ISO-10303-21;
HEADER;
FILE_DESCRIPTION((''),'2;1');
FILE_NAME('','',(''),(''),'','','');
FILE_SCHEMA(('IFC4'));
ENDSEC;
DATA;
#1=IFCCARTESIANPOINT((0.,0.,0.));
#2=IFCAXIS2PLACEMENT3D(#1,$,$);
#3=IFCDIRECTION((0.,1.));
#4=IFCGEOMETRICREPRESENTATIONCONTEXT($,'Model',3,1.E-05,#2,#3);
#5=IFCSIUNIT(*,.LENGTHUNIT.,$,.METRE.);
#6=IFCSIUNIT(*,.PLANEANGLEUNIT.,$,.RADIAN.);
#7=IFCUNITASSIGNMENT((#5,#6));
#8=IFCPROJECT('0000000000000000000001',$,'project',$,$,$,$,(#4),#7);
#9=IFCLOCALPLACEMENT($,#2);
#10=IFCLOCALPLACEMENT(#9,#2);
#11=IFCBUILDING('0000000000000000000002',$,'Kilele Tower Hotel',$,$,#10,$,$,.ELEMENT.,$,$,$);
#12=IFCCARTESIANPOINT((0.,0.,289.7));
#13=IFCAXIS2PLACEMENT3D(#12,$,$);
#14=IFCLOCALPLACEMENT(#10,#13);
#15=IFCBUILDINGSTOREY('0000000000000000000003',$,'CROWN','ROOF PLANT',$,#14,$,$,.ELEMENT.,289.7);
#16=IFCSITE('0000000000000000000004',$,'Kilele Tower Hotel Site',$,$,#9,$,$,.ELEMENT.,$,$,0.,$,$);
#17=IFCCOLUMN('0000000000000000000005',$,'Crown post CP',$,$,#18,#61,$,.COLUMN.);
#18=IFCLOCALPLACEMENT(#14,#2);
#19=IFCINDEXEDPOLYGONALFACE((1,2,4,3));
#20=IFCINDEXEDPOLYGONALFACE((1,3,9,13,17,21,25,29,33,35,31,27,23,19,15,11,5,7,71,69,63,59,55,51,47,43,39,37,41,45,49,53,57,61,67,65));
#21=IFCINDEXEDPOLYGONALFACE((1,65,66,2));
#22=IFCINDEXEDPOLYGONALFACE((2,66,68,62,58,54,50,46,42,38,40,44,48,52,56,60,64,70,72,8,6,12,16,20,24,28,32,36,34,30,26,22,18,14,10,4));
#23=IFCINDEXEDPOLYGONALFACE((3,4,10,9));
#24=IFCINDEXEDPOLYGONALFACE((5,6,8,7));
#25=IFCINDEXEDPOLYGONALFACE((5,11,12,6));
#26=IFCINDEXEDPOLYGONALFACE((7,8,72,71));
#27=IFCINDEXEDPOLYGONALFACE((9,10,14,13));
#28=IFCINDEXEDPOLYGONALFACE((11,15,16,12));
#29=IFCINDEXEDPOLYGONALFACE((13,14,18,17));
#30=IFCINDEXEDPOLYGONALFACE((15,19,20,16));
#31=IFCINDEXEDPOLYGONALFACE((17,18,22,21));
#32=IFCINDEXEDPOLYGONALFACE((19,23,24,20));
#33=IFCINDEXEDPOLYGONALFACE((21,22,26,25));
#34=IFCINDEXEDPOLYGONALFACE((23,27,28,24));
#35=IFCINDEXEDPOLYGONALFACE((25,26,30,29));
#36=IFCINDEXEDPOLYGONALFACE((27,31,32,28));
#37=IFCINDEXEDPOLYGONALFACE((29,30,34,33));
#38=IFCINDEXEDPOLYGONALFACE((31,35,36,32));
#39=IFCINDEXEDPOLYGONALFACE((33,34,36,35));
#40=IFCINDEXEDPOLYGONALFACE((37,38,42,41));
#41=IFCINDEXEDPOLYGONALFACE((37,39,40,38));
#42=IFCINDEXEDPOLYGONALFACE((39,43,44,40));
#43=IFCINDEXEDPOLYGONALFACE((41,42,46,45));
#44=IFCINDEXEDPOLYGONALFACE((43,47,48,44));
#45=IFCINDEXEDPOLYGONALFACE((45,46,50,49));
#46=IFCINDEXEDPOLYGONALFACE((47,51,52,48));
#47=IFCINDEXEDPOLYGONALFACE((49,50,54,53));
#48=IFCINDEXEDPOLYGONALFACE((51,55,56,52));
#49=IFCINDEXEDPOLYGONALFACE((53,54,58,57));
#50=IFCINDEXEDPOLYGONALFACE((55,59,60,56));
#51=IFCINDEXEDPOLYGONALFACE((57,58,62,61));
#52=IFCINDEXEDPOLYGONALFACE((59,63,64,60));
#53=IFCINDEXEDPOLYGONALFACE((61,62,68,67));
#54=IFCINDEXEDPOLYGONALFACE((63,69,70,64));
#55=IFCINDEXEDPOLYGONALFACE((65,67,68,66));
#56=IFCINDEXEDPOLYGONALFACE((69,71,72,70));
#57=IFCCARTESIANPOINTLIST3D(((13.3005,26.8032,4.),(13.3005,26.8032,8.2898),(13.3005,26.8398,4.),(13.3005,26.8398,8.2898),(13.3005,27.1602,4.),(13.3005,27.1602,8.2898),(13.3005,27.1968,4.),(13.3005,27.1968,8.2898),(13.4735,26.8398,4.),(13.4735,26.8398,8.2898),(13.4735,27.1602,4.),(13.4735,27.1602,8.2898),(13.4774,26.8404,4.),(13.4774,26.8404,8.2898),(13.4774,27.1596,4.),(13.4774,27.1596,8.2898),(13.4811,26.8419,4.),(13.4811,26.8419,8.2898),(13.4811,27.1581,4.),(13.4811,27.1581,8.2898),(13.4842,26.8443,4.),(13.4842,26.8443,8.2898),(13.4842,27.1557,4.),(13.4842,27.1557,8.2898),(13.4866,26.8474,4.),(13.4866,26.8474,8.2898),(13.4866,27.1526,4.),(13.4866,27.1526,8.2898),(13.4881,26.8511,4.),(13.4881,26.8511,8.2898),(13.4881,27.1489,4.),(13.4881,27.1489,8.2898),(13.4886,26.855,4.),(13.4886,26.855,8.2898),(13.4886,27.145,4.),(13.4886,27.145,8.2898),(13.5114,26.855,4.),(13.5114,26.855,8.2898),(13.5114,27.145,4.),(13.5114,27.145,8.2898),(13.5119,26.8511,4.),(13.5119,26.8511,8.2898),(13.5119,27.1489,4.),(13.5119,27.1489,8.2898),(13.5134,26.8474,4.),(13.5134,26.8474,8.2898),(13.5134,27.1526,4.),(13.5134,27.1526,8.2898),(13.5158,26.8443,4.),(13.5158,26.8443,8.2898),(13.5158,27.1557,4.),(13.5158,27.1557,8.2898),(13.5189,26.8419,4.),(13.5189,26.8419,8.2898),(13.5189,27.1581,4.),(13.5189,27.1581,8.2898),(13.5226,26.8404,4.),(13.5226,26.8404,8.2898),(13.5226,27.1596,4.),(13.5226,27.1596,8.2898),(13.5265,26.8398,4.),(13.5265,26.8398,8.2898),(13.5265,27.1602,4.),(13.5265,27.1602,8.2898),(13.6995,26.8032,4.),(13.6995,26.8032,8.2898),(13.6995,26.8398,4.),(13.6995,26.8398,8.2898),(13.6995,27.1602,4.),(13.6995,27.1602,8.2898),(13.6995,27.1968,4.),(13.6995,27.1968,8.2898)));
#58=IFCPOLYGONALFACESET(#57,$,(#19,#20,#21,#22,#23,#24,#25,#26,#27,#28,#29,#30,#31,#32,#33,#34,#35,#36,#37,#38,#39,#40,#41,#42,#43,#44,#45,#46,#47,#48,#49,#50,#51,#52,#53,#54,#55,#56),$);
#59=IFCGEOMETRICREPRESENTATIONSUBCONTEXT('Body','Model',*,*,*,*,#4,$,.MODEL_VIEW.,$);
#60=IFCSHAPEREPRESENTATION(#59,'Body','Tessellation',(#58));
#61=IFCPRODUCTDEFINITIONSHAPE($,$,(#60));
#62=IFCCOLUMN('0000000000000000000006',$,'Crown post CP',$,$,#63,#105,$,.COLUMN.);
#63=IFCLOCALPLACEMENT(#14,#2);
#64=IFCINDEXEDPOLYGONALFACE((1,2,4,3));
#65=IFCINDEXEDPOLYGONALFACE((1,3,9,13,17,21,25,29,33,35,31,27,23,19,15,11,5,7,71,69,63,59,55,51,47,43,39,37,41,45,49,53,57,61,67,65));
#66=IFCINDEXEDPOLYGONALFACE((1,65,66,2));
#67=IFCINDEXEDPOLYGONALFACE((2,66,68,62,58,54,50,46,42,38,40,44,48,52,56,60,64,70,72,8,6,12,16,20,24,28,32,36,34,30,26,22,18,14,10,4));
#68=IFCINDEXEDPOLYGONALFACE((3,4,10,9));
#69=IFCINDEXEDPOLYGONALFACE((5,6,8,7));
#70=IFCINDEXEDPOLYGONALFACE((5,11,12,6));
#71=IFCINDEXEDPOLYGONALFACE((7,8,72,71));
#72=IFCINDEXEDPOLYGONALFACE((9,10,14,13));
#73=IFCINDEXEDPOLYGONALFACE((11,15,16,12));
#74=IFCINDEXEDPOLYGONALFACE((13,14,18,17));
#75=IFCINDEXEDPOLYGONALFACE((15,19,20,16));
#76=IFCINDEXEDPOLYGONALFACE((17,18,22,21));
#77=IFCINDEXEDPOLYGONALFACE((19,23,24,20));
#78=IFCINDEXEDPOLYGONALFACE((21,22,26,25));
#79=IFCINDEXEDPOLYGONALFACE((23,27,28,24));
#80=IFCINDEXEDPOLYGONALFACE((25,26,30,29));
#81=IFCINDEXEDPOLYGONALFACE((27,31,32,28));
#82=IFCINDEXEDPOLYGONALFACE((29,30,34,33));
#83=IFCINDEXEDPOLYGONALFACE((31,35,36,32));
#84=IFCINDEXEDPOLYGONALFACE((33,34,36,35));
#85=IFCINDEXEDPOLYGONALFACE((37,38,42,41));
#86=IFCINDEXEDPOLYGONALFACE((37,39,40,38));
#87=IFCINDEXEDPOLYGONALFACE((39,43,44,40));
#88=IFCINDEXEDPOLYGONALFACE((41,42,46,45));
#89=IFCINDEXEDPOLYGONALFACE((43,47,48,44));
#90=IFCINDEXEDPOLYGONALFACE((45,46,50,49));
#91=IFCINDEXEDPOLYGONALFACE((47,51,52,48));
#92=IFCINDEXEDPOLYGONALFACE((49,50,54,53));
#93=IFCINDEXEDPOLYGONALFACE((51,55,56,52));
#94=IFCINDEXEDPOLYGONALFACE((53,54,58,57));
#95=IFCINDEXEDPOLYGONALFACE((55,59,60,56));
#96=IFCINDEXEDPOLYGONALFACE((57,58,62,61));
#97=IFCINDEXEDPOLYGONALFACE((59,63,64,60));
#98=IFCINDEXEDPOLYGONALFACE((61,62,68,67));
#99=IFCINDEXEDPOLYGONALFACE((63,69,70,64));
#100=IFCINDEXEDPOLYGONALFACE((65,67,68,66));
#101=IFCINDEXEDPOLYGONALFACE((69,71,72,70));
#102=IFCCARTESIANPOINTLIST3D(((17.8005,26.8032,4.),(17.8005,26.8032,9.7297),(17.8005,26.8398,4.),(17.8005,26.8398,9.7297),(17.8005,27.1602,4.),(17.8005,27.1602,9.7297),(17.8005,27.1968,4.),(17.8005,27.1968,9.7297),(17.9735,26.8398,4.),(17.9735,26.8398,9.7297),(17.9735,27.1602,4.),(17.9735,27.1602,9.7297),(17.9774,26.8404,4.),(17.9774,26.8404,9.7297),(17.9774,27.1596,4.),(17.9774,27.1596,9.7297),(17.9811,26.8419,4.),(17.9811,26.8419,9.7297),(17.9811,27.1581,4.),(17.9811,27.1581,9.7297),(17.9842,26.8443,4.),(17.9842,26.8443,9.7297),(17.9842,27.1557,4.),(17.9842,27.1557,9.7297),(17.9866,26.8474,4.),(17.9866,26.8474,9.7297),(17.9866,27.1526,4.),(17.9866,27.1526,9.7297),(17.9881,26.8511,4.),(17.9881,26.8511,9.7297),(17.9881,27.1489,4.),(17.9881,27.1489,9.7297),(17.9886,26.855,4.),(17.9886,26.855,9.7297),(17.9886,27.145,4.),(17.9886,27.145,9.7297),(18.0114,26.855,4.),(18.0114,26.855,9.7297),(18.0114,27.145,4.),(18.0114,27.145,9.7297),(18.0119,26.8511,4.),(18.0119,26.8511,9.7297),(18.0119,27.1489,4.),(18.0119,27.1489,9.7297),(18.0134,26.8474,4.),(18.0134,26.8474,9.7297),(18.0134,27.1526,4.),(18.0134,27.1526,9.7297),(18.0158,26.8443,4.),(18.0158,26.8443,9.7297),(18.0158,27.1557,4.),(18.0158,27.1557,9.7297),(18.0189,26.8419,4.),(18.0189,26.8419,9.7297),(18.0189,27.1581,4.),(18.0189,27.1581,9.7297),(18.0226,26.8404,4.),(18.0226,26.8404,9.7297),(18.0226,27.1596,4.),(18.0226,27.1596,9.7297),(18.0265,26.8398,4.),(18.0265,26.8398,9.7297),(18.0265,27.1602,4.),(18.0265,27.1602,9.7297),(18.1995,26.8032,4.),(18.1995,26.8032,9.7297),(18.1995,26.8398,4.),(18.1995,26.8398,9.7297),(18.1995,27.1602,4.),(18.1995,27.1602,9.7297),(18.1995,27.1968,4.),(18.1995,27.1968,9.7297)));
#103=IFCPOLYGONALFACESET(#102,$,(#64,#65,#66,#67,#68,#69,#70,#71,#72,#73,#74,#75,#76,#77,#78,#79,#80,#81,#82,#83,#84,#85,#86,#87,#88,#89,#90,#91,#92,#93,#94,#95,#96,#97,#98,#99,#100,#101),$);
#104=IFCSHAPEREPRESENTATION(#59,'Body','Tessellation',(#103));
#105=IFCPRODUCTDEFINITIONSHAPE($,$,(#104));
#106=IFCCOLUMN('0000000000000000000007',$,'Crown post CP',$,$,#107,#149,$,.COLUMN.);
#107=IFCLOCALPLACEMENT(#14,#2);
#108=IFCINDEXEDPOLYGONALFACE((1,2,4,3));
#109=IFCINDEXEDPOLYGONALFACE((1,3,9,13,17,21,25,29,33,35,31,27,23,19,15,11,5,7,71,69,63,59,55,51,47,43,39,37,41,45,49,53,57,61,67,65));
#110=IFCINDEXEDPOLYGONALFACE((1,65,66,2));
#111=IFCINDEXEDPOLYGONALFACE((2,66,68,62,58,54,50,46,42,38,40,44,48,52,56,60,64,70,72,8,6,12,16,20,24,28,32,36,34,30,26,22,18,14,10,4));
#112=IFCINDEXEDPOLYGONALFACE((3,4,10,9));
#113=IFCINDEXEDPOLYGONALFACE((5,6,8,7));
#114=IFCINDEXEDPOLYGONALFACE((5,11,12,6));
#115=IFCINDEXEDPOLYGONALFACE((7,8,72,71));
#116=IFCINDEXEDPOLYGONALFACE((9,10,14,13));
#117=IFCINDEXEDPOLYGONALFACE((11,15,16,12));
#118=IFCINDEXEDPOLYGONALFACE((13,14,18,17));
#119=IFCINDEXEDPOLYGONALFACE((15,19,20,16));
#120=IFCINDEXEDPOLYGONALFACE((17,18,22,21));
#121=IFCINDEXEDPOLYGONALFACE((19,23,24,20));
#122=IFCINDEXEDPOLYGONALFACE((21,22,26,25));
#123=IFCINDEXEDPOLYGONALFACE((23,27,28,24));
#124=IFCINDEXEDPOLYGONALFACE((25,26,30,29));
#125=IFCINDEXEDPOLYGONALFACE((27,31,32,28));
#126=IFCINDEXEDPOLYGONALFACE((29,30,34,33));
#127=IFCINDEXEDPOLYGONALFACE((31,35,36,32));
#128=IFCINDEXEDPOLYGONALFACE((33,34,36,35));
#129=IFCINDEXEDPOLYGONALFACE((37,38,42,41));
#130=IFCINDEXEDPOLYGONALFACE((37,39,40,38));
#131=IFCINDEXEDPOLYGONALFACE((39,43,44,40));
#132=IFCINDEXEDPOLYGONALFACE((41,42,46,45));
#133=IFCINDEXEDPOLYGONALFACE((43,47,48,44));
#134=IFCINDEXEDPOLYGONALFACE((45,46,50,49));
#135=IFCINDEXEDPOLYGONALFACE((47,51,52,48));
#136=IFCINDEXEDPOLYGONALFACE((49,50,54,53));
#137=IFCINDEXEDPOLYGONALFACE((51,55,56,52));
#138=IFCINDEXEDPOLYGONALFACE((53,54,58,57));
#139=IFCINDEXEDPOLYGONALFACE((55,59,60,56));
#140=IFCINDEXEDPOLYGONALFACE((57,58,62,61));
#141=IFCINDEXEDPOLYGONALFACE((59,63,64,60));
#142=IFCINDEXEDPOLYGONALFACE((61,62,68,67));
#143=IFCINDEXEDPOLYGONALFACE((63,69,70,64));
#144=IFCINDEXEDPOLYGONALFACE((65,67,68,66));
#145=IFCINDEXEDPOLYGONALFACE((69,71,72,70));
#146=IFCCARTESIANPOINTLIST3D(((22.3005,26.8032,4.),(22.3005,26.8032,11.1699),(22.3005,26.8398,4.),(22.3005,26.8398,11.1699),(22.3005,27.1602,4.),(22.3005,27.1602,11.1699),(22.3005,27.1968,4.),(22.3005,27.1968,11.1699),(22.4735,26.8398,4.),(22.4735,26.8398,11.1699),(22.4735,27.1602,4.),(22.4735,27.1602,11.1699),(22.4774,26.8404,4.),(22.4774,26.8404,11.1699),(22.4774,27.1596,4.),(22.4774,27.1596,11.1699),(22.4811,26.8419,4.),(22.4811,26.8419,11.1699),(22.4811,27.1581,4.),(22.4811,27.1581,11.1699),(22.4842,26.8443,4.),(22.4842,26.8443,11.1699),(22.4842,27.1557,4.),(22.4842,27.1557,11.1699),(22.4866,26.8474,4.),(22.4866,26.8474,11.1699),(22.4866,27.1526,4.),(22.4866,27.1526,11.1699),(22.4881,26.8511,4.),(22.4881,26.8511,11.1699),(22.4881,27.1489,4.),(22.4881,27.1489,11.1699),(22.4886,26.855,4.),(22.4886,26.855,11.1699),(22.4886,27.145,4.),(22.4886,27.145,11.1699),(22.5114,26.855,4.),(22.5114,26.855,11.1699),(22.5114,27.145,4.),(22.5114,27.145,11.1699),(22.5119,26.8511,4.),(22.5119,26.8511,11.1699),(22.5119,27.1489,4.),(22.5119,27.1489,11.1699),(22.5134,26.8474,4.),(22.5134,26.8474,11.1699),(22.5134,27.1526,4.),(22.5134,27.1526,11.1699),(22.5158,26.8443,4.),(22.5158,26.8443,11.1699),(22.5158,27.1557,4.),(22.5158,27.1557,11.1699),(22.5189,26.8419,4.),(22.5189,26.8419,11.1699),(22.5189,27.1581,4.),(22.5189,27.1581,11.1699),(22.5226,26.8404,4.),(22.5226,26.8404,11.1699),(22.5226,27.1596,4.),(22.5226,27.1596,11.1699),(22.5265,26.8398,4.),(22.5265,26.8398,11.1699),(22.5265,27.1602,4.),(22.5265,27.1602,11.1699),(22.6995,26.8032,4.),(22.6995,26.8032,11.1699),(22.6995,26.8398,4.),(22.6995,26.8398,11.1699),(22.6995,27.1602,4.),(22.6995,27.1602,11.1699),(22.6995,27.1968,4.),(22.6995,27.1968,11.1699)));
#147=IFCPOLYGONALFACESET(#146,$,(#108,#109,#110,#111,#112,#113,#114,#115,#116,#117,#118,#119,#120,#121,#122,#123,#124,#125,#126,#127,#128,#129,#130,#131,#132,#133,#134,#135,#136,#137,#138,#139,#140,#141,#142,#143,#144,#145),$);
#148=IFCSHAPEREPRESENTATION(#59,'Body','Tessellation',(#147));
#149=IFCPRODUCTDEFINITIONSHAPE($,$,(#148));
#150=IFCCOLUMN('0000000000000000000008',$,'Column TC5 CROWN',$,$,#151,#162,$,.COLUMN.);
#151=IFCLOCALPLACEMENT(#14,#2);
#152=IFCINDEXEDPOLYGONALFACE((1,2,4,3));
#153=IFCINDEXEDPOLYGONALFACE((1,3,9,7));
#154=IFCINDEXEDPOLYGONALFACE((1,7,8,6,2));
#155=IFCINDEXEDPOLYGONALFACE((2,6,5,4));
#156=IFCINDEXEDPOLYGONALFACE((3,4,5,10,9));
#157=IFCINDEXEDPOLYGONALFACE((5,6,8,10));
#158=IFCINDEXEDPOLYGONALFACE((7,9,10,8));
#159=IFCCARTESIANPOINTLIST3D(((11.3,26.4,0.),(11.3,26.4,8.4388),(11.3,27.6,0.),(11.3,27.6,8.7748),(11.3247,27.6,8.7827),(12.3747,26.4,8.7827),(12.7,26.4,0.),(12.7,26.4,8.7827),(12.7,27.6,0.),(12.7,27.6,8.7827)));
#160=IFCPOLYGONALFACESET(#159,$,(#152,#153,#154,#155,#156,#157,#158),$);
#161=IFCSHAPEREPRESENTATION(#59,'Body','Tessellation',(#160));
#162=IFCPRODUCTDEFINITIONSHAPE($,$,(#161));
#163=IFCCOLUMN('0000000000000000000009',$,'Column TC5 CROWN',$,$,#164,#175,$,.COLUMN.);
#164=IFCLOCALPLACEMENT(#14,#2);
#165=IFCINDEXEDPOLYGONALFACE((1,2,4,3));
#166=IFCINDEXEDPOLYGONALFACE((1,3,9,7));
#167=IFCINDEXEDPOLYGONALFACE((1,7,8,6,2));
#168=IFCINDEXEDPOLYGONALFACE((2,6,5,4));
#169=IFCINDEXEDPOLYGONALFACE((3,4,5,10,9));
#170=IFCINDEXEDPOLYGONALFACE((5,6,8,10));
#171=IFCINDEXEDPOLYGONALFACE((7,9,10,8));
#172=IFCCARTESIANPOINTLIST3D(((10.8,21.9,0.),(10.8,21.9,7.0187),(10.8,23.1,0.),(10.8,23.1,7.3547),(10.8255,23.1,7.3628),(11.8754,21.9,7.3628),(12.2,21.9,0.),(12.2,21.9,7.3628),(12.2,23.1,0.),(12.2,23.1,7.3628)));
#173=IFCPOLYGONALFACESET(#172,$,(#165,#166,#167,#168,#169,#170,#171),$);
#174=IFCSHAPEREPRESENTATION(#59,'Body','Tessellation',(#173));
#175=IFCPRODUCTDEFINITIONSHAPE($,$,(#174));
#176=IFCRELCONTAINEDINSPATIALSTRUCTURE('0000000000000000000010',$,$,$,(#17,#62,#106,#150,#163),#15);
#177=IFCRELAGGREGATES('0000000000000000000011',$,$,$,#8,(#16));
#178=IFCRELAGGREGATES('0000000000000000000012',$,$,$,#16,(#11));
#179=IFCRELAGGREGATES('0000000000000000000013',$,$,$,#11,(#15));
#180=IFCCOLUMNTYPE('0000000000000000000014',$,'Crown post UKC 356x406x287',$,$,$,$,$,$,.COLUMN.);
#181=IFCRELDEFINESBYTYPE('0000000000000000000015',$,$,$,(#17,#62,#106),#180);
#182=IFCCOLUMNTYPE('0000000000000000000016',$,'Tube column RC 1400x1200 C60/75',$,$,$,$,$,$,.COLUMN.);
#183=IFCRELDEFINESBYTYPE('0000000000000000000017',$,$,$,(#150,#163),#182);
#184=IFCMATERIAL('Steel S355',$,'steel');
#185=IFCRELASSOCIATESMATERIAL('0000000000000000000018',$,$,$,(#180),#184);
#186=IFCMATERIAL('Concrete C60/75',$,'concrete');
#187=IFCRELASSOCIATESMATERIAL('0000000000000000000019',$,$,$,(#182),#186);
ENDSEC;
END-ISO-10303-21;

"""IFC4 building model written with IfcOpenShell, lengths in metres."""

from ifc_helpers import new_model, si_unit, direction, frame, origin, origin_2d, place, context, subcontext, project, spatial, rectangle, i_section, extrude, clip, halfspace, material, material_profile, profile_set, type_object, element, save


model = new_model("IFC4")

# Units and contexts
model_context = context("Model", 3, precision=1e-05, world=origin(), true_north=direction((0.0, 1.0)))
body_context = subcontext(model_context, "Body", "Model", "MODEL_VIEW")
ifc_project = project(units=[si_unit("LENGTHUNIT", "METRE"), si_unit("PLANEANGLEUNIT", "RADIAN")], contexts=[model_context])

# Site, building, storey
site_placement = place(None, origin())
site = spatial("IfcSite", under=ifc_project, at=site_placement, Name="Kilele Tower Hotel Site", CompositionType="ELEMENT", RefElevation=0.0)
building_placement = place(site_placement, origin())
building = spatial("IfcBuilding", under=site, at=building_placement, Name="Kilele Tower Hotel", CompositionType="ELEMENT")
storey_placement = place(building_placement, frame((0.0, 0.0, 289.7)))
storey = spatial("IfcBuildingStorey", under=building, at=storey_placement, Name="CROWN", Description="ROOF PLANT", CompositionType="ELEMENT", Elevation=289.7)

# Columns
ifc_material_1 = material(Name="Steel S355", Category="steel")
ifc_material_profile_1 = material_profile(ifc_material_1, i_section(OverallWidth=0.3989, OverallDepth=0.3936, WebThickness=0.0227, FlangeThickness=0.0366, FilletRadius=0.0151, at=origin_2d()))
ifc_profile_set_1 = profile_set([ifc_material_profile_1], Name="Steel S355")
column_type_1 = type_object("IfcColumnType", Name="Crown post UKC 356x406x287", PredefinedType="COLUMN", material=ifc_profile_set_1)
column_1_placement = place(storey_placement, frame((13.5, 27.0, 4.0), z_axis=(0.0, 0.0, 1.0), x_axis=(1.0, 0.0, 0.0)))
element("IfcColumn", 1, at=column_1_placement, inside=storey, type_object=column_type_1, Name="Crown post CP", PredefinedType="COLUMN", context=body_context, shape_type="SweptSolid", body=[
    extrude(i_section(OverallWidth=0.3989, OverallDepth=0.3936, WebThickness=0.0227, FlangeThickness=0.0366, FilletRadius=0.0151, at=origin_2d()), origin(), (0.0, 0.0, 1.0), 4.2898),
])
column_2_placement = place(storey_placement, frame((18.0, 27.0, 4.0), z_axis=(0.0, 0.0, 1.0), x_axis=(1.0, 0.0, 0.0)))
element("IfcColumn", 2, at=column_2_placement, inside=storey, type_object=column_type_1, Name="Crown post CP", PredefinedType="COLUMN", context=body_context, shape_type="SweptSolid", body=[
    extrude(i_section(OverallWidth=0.3989, OverallDepth=0.3936, WebThickness=0.0227, FlangeThickness=0.0366, FilletRadius=0.0151, at=origin_2d()), origin(), (0.0, 0.0, 1.0), 5.7297),
])
column_3_placement = place(storey_placement, frame((22.5, 27.0, 4.0), z_axis=(0.0, 0.0, 1.0), x_axis=(1.0, 0.0, 0.0)))
element("IfcColumn", 3, at=column_3_placement, inside=storey, type_object=column_type_1, Name="Crown post CP", PredefinedType="COLUMN", context=body_context, shape_type="SweptSolid", body=[
    extrude(i_section(OverallWidth=0.3989, OverallDepth=0.3936, WebThickness=0.0227, FlangeThickness=0.0366, FilletRadius=0.0151, at=origin_2d()), origin(), (0.0, 0.0, 1.0), 7.1699),
])
ifc_material_2 = material(Name="Concrete C60/75", Category="concrete")
ifc_material_profile_2 = material_profile(ifc_material_2, rectangle(XDim=1.3999, YDim=1.2, at=origin_2d()))
ifc_profile_set_2 = profile_set([ifc_material_profile_2], Name="Concrete C60/75")
column_type_2 = type_object("IfcColumnType", Name="Tube column RC 1400x1200 C60/75", PredefinedType="COLUMN", material=ifc_profile_set_2)
column_4_placement = place(storey_placement, frame((12.0, 27.0, 0.0), z_axis=(0.0, 0.0, 1.0), x_axis=(1.0, 0.0, 0.0)))
element("IfcColumn", 4, at=column_4_placement, inside=storey, type_object=column_type_2, Name="Column TC5 CROWN", PredefinedType="COLUMN", context=body_context, shape_type="Clipping", body=[
    clip(extrude(rectangle(XDim=1.3999, YDim=1.2, at=origin_2d()), origin(), (0.0, 0.0, 1.0), 8.7827), halfspace(frame((0.0, 0.0, 8.8308), z_axis=(-0.294484, -0.257674, 0.920263), x_axis=(0.952424, 0.0, 0.304776)), False)),
])
column_5_placement = place(storey_placement, frame((11.5, 22.5, 0.0), z_axis=(0.0, 0.0, 1.0), x_axis=(1.0, 0.0, 0.0)))
element("IfcColumn", 5, at=column_5_placement, inside=storey, type_object=column_type_2, Name="Column TC5 CROWN", PredefinedType="COLUMN", context=body_context, shape_type="Clipping", body=[
    clip(extrude(rectangle(XDim=1.3999, YDim=1.2, at=origin_2d()), origin(), (0.0, 0.0, 1.0), 7.3628), halfspace(frame((0.0, 0.0, 7.4106), z_axis=(-0.294484, -0.257674, 0.920263), x_axis=(0.952424, 0.0, 0.304776)), False)),
])

save(model, "model.ifc")
